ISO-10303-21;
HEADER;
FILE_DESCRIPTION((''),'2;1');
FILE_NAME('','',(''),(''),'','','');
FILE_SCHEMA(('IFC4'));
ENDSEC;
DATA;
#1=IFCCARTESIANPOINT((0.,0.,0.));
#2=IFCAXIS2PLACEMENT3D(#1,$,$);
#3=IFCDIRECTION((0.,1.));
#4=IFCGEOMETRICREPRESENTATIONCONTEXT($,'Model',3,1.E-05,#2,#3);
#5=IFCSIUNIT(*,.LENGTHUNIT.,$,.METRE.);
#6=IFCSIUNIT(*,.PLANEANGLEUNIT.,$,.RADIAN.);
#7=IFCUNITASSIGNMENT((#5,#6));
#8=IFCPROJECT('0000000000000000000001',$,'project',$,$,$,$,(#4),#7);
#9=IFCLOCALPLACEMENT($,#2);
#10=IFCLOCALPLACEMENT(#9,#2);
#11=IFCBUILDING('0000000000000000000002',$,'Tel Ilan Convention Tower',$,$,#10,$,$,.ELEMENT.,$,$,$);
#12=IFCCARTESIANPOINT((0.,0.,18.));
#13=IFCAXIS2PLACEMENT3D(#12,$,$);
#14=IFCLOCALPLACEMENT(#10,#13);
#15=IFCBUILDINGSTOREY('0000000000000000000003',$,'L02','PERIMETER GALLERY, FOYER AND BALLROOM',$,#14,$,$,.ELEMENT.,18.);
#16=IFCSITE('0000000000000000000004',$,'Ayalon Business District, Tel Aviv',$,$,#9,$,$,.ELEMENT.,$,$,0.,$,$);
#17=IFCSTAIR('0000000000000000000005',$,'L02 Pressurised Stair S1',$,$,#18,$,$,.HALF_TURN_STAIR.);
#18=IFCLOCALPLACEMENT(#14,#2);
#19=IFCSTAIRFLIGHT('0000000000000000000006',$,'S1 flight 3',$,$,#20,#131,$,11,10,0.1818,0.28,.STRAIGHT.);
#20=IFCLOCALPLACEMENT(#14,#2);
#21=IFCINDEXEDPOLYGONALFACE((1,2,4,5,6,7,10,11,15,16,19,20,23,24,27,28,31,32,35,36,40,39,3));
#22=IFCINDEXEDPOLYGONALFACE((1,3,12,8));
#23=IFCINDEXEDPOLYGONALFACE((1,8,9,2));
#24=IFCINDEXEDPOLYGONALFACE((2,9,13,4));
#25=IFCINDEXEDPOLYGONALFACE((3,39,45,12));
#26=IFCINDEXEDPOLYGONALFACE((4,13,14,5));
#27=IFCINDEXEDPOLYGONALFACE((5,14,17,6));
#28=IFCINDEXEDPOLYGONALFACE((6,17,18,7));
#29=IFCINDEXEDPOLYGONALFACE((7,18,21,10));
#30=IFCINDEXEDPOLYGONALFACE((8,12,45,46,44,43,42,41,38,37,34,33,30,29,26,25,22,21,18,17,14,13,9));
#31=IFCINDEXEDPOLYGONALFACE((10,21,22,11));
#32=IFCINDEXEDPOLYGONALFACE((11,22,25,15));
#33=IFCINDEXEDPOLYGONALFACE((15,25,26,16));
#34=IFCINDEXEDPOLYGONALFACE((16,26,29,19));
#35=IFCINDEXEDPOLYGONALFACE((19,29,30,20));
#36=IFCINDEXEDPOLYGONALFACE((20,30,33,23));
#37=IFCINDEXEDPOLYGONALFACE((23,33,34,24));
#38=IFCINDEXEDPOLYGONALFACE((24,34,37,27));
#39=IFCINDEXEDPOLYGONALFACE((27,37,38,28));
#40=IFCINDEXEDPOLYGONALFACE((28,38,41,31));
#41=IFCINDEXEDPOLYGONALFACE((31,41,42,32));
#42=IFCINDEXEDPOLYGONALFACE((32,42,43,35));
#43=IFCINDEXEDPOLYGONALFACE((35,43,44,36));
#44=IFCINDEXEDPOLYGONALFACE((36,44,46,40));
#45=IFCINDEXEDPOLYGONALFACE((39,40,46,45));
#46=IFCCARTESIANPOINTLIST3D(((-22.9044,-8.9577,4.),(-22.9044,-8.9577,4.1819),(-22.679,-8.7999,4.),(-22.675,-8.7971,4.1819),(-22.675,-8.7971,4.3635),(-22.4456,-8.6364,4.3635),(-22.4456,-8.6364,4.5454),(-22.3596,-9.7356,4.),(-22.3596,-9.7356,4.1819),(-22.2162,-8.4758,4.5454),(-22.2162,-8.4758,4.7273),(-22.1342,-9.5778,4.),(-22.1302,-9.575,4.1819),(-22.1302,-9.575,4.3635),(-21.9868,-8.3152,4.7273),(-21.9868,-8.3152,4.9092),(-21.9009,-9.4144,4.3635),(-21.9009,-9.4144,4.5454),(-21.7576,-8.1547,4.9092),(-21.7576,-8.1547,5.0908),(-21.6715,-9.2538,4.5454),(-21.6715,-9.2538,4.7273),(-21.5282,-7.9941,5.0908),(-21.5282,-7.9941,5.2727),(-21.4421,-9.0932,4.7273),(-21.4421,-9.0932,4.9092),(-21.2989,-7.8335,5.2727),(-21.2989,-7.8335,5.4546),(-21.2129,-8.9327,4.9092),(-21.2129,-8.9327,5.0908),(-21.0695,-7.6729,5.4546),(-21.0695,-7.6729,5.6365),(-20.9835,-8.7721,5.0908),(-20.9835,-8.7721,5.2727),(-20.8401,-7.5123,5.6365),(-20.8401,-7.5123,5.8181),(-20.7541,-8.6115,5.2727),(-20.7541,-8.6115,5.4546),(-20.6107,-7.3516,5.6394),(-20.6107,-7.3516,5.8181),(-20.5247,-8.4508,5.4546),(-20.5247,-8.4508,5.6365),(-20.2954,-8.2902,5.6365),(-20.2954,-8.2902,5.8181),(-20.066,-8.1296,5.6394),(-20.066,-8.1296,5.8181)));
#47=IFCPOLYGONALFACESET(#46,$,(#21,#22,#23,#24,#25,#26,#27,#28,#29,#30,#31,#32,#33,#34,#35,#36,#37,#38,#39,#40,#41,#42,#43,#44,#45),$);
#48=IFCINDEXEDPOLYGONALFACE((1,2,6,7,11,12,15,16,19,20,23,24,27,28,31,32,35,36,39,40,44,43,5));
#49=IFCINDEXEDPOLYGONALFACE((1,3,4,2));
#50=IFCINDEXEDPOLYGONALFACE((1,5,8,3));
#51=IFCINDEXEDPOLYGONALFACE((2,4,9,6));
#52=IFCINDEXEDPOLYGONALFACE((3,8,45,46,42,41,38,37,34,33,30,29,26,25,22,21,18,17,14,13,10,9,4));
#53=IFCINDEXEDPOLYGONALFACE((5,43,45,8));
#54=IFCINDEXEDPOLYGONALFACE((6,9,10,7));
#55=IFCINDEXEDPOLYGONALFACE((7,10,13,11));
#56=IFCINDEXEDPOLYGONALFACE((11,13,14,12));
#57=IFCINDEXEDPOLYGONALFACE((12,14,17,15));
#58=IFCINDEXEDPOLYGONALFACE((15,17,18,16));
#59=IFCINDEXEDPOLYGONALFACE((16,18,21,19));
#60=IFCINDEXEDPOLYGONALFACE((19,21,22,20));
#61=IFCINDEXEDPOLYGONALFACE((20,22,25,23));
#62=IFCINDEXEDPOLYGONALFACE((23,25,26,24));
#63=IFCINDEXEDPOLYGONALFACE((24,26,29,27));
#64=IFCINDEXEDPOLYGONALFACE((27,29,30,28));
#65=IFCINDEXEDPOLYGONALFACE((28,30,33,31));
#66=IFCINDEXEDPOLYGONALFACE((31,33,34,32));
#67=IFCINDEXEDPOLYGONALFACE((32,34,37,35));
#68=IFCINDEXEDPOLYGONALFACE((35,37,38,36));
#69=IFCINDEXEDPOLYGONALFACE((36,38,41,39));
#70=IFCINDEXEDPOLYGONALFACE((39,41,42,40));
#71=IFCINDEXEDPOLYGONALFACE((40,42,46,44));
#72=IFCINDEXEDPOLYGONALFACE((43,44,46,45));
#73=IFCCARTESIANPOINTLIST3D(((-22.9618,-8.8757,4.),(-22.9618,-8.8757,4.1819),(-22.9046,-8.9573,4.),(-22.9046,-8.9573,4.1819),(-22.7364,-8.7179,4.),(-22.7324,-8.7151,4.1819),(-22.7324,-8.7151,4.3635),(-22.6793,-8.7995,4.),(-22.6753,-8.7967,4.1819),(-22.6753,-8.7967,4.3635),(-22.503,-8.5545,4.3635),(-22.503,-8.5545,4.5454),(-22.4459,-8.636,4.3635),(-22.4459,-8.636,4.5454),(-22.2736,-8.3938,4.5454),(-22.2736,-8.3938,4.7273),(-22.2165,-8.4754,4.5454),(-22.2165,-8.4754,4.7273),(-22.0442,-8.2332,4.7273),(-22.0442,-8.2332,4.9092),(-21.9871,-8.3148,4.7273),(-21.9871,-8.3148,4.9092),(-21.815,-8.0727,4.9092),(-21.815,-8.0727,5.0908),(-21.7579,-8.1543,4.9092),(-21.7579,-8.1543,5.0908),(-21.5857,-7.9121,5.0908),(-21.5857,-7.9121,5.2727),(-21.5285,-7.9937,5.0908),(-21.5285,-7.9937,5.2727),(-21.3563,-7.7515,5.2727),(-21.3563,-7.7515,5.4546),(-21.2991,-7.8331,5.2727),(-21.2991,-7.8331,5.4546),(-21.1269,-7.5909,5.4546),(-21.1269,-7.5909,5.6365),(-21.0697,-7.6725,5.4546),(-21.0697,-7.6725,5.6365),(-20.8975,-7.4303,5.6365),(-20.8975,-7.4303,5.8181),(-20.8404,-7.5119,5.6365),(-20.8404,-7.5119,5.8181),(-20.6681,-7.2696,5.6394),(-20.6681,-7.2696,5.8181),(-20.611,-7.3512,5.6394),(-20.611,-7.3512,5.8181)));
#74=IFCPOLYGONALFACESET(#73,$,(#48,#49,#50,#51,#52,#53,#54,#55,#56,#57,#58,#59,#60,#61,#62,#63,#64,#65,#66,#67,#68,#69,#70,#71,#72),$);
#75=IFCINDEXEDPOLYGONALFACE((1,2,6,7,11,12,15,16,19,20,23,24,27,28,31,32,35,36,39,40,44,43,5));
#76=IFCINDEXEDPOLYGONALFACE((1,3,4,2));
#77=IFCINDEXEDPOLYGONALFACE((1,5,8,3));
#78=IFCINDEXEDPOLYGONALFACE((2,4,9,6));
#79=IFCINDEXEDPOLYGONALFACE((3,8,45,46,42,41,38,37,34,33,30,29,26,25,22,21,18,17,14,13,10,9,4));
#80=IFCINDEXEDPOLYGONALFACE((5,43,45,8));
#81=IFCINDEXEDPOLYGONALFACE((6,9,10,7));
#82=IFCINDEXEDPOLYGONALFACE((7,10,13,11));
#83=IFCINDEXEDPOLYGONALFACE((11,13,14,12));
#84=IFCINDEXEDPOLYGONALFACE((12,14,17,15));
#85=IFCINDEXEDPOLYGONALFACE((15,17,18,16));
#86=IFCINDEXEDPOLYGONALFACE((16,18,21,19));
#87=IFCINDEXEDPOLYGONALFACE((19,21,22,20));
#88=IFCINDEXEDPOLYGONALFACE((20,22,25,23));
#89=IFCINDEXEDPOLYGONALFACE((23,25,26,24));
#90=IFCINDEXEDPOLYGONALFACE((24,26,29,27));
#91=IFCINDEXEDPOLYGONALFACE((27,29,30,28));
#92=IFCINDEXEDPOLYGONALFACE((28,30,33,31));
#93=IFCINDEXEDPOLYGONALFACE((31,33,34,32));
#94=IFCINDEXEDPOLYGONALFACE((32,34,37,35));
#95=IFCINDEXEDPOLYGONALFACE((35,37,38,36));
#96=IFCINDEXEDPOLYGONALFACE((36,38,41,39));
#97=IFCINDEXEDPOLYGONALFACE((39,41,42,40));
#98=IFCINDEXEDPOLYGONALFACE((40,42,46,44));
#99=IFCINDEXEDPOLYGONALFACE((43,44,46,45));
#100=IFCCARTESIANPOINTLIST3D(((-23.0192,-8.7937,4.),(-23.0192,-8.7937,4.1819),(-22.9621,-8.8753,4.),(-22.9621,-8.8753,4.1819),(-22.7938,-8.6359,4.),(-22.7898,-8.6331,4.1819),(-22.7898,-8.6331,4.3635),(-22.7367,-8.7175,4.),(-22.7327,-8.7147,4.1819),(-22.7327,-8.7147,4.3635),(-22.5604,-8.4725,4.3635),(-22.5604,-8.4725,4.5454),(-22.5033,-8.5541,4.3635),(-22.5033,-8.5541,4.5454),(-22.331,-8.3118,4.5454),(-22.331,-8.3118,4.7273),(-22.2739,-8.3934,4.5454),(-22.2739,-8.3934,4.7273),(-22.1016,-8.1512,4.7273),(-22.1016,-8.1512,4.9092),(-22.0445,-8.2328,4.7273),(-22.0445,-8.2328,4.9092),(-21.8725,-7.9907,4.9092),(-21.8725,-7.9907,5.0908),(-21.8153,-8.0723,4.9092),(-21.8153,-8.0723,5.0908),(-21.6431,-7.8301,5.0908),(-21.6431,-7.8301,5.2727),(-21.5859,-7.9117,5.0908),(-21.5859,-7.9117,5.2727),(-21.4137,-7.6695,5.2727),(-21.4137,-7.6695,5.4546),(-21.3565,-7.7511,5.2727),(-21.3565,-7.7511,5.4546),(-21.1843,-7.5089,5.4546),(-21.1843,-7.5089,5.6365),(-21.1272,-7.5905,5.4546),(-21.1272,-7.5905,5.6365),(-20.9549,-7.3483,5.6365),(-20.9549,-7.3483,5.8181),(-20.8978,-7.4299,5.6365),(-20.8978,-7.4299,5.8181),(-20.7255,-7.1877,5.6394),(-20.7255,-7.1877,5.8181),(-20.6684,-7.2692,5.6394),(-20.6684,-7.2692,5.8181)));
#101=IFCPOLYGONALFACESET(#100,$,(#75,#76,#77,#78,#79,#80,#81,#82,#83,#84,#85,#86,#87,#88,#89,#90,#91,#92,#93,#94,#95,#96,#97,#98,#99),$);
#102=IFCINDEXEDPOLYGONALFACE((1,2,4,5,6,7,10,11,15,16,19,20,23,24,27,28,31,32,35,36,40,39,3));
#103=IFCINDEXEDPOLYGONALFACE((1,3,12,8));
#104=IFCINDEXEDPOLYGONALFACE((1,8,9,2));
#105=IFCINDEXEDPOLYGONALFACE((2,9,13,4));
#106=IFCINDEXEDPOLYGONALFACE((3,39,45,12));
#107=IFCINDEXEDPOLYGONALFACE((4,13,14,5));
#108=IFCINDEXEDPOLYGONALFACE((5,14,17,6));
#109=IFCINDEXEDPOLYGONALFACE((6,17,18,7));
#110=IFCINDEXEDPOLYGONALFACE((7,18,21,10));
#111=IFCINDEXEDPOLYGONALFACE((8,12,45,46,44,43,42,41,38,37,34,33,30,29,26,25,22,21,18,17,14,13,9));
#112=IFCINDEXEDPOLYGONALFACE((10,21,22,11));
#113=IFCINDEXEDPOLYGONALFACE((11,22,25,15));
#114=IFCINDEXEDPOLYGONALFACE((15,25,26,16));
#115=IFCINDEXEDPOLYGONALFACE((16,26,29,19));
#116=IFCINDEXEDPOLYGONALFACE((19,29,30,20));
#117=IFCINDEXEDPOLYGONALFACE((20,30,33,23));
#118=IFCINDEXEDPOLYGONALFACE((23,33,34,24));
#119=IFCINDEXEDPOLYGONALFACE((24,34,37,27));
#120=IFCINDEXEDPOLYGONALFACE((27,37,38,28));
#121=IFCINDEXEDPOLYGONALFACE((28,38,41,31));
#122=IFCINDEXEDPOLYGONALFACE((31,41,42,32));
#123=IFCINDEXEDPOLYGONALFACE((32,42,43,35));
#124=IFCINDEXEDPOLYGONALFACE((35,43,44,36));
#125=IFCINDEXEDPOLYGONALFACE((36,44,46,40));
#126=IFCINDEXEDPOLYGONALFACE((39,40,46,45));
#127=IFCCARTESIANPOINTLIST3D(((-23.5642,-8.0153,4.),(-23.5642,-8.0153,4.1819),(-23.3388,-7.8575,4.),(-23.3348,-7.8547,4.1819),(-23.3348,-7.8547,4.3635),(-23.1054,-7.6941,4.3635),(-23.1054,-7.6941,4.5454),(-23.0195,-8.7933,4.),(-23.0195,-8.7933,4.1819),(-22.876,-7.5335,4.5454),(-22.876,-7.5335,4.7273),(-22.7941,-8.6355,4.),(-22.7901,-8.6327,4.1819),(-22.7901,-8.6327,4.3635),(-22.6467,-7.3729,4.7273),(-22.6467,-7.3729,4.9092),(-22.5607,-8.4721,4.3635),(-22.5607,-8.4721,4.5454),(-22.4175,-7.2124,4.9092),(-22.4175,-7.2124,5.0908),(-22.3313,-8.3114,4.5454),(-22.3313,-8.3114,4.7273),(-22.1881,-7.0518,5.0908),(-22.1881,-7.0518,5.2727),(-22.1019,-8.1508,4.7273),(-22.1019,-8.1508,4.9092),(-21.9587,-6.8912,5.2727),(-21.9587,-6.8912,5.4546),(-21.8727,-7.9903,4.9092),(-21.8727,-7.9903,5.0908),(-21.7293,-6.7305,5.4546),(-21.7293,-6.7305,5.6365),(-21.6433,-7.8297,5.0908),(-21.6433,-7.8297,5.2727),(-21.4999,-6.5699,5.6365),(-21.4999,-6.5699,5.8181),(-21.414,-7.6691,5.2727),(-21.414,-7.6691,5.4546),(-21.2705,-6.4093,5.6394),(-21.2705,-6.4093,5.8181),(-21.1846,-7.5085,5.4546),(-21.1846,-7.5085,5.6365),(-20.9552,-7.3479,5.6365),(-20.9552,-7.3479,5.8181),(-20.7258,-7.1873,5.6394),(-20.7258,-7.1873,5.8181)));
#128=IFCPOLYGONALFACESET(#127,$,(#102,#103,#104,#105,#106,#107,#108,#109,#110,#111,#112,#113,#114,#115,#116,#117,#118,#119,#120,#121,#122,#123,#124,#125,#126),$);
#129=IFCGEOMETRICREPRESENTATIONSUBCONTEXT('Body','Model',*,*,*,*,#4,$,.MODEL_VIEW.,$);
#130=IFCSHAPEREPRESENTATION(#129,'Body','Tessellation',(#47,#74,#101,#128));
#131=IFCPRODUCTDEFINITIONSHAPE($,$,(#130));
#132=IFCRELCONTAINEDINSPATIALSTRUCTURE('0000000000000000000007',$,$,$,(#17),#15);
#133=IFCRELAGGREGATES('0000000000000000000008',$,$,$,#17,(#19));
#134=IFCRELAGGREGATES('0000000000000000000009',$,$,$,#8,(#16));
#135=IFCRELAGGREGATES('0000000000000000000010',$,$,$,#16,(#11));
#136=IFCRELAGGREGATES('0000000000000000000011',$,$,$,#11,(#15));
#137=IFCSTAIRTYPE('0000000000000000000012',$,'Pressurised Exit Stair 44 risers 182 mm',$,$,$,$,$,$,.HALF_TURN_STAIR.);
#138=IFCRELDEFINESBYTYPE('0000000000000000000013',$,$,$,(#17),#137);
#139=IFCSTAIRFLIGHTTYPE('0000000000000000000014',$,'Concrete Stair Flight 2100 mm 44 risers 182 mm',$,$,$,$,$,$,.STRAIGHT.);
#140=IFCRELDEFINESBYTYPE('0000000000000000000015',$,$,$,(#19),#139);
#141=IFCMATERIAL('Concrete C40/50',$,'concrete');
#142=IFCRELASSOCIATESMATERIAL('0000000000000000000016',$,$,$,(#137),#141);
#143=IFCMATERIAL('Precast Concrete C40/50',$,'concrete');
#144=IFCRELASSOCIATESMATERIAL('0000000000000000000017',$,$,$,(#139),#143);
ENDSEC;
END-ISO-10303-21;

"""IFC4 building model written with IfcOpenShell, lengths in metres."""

from ifc_helpers import new_model, si_unit, direction, frame, origin, place, context, subcontext, project, spatial, polyline, outline, extrude, material, type_object, element, aggregate, save


model = new_model("IFC4")

# Units and contexts
model_context = context("Model", 3, precision=1e-05, world=origin(), true_north=direction((0.0, 1.0)))
body_context = subcontext(model_context, "Body", "Model", "MODEL_VIEW")
ifc_project = project(units=[si_unit("LENGTHUNIT", "METRE"), si_unit("PLANEANGLEUNIT", "RADIAN")], contexts=[model_context])

# Site, building, storey
site_placement = place(None, origin())
site = spatial("IfcSite", under=ifc_project, at=site_placement, Name="Ayalon Business District, Tel Aviv", CompositionType="ELEMENT", RefElevation=0.0)
building_placement = place(site_placement, origin())
building = spatial("IfcBuilding", under=site, at=building_placement, Name="Tel Ilan Convention Tower", CompositionType="ELEMENT")
storey_placement = place(building_placement, frame((0.0, 0.0, 18.0)))
storey = spatial("IfcBuildingStorey", under=building, at=storey_placement, Name="L02", Description="PERIMETER GALLERY, FOYER AND BALLROOM", CompositionType="ELEMENT", Elevation=18.0)

# Stair, stair flight
ifc_material_1 = material(Name="Concrete C40/50", Category="concrete")
stair_type = type_object("IfcStairType", Name="Pressurised Exit Stair 44 risers 182 mm", PredefinedType="HALF_TURN_STAIR", material=ifc_material_1)
stair_placement = place(storey_placement, origin())
stair = element("IfcStair", 1, at=stair_placement, inside=storey, type_object=stair_type, Name="L02 Pressurised Stair S1", PredefinedType="HALF_TURN_STAIR")
ifc_material_2 = material(Name="Precast Concrete C40/50", Category="concrete")
stair_flight_type = type_object("IfcStairFlightType", Name="Concrete Stair Flight 2100 mm 44 risers 182 mm", PredefinedType="STRAIGHT", material=ifc_material_2)
stair_flight_1_placement = place(storey_placement, frame((-22.9619, -8.8755, 4.0), z_axis=(0.0, 0.0, 1.0), x_axis=(0.819152, 0.573576, 0.0)))
stair_flight_1 = element("IfcStairFlight", 2, at=stair_flight_1_placement, type_object=stair_flight_type, Name="S1 flight 3", NumberOfRisers=11, NumberOfTreads=10, PredefinedType="STRAIGHT", RiserHeight=0.1818, TreadLength=0.28, context=body_context, shape_type="SweptSolid", body=[
    extrude(outline(polyline([(0.0, 0.0), (0.0, 0.1819), (0.28, 0.1819), (0.28, 0.3635), (0.5601, 0.3635), (0.5601, 0.5454), (0.8401, 0.5454), (0.8401, 0.7273), (1.1201, 0.7273), (1.1201, 0.9092), (1.3999, 0.9092), (1.3999, 1.0908), (1.6799, 1.0908), (1.6799, 1.2727), (1.96, 1.2727), (1.96, 1.4546), (2.24, 1.4546), (2.24, 1.6365), (2.52, 1.6365), (2.52, 1.8181), (2.8, 1.8181), (2.8, 2.0), (2.8, 1.6394), (0.2751, 0.0), (0.0, 0.0)])), frame((0.0, -0.1003, 0.0), z_axis=(0.0, -1.0, 0.0), x_axis=(1.0, 0.0, 0.0)), (0.0, 0.0, 1.0), 0.9497),
    extrude(outline(polyline([(0.0, 0.0), (0.0, 0.1819), (0.28, 0.1819), (0.28, 0.3635), (0.5601, 0.3635), (0.5601, 0.5454), (0.8401, 0.5454), (0.8401, 0.7273), (1.1201, 0.7273), (1.1201, 0.9092), (1.3999, 0.9092), (1.3999, 1.0908), (1.6799, 1.0908), (1.6799, 1.2727), (1.96, 1.2727), (1.96, 1.4546), (2.24, 1.4546), (2.24, 1.6365), (2.52, 1.6365), (2.52, 1.8181), (2.8, 1.8181), (2.8, 2.0), (2.8, 1.6394), (0.2751, 0.0), (0.0, 0.0)])), frame((0.0, -0.0002, 0.0), z_axis=(0.0, -1.0, 0.0), x_axis=(1.0, 0.0, 0.0)), (0.0, 0.0, 1.0), 0.0996),
    extrude(outline(polyline([(0.0, 0.0), (0.0, 0.1819), (0.28, 0.1819), (0.28, 0.3635), (0.5601, 0.3635), (0.5601, 0.5454), (0.8401, 0.5454), (0.8401, 0.7273), (1.1201, 0.7273), (1.1201, 0.9092), (1.3999, 0.9092), (1.3999, 1.0908), (1.6799, 1.0908), (1.6799, 1.2727), (1.96, 1.2727), (1.96, 1.4546), (2.24, 1.4546), (2.24, 1.6365), (2.52, 1.6365), (2.52, 1.8181), (2.8, 1.8181), (2.8, 2.0), (2.8, 1.6394), (0.2751, 0.0), (0.0, 0.0)])), frame((0.0, 0.0999, 0.0), z_axis=(0.0, -1.0, 0.0), x_axis=(1.0, 0.0, 0.0)), (0.0, 0.0, 1.0), 0.0996),
    extrude(outline(polyline([(0.0, 0.0), (0.0, 0.1819), (0.28, 0.1819), (0.28, 0.3635), (0.5601, 0.3635), (0.5601, 0.5454), (0.8401, 0.5454), (0.8401, 0.7273), (1.1201, 0.7273), (1.1201, 0.9092), (1.3999, 0.9092), (1.3999, 1.0908), (1.6799, 1.0908), (1.6799, 1.2727), (1.96, 1.2727), (1.96, 1.4546), (2.24, 1.4546), (2.24, 1.6365), (2.52, 1.6365), (2.52, 1.8181), (2.8, 1.8181), (2.8, 2.0), (2.8, 1.6394), (0.2751, 0.0), (0.0, 0.0)])), frame((0.0, 1.05, 0.0), z_axis=(0.0, -1.0, 0.0), x_axis=(1.0, 0.0, 0.0)), (0.0, 0.0, 1.0), 0.9497),
])
aggregate(stair, [stair_flight_1])

save(model, "model.ifc")
